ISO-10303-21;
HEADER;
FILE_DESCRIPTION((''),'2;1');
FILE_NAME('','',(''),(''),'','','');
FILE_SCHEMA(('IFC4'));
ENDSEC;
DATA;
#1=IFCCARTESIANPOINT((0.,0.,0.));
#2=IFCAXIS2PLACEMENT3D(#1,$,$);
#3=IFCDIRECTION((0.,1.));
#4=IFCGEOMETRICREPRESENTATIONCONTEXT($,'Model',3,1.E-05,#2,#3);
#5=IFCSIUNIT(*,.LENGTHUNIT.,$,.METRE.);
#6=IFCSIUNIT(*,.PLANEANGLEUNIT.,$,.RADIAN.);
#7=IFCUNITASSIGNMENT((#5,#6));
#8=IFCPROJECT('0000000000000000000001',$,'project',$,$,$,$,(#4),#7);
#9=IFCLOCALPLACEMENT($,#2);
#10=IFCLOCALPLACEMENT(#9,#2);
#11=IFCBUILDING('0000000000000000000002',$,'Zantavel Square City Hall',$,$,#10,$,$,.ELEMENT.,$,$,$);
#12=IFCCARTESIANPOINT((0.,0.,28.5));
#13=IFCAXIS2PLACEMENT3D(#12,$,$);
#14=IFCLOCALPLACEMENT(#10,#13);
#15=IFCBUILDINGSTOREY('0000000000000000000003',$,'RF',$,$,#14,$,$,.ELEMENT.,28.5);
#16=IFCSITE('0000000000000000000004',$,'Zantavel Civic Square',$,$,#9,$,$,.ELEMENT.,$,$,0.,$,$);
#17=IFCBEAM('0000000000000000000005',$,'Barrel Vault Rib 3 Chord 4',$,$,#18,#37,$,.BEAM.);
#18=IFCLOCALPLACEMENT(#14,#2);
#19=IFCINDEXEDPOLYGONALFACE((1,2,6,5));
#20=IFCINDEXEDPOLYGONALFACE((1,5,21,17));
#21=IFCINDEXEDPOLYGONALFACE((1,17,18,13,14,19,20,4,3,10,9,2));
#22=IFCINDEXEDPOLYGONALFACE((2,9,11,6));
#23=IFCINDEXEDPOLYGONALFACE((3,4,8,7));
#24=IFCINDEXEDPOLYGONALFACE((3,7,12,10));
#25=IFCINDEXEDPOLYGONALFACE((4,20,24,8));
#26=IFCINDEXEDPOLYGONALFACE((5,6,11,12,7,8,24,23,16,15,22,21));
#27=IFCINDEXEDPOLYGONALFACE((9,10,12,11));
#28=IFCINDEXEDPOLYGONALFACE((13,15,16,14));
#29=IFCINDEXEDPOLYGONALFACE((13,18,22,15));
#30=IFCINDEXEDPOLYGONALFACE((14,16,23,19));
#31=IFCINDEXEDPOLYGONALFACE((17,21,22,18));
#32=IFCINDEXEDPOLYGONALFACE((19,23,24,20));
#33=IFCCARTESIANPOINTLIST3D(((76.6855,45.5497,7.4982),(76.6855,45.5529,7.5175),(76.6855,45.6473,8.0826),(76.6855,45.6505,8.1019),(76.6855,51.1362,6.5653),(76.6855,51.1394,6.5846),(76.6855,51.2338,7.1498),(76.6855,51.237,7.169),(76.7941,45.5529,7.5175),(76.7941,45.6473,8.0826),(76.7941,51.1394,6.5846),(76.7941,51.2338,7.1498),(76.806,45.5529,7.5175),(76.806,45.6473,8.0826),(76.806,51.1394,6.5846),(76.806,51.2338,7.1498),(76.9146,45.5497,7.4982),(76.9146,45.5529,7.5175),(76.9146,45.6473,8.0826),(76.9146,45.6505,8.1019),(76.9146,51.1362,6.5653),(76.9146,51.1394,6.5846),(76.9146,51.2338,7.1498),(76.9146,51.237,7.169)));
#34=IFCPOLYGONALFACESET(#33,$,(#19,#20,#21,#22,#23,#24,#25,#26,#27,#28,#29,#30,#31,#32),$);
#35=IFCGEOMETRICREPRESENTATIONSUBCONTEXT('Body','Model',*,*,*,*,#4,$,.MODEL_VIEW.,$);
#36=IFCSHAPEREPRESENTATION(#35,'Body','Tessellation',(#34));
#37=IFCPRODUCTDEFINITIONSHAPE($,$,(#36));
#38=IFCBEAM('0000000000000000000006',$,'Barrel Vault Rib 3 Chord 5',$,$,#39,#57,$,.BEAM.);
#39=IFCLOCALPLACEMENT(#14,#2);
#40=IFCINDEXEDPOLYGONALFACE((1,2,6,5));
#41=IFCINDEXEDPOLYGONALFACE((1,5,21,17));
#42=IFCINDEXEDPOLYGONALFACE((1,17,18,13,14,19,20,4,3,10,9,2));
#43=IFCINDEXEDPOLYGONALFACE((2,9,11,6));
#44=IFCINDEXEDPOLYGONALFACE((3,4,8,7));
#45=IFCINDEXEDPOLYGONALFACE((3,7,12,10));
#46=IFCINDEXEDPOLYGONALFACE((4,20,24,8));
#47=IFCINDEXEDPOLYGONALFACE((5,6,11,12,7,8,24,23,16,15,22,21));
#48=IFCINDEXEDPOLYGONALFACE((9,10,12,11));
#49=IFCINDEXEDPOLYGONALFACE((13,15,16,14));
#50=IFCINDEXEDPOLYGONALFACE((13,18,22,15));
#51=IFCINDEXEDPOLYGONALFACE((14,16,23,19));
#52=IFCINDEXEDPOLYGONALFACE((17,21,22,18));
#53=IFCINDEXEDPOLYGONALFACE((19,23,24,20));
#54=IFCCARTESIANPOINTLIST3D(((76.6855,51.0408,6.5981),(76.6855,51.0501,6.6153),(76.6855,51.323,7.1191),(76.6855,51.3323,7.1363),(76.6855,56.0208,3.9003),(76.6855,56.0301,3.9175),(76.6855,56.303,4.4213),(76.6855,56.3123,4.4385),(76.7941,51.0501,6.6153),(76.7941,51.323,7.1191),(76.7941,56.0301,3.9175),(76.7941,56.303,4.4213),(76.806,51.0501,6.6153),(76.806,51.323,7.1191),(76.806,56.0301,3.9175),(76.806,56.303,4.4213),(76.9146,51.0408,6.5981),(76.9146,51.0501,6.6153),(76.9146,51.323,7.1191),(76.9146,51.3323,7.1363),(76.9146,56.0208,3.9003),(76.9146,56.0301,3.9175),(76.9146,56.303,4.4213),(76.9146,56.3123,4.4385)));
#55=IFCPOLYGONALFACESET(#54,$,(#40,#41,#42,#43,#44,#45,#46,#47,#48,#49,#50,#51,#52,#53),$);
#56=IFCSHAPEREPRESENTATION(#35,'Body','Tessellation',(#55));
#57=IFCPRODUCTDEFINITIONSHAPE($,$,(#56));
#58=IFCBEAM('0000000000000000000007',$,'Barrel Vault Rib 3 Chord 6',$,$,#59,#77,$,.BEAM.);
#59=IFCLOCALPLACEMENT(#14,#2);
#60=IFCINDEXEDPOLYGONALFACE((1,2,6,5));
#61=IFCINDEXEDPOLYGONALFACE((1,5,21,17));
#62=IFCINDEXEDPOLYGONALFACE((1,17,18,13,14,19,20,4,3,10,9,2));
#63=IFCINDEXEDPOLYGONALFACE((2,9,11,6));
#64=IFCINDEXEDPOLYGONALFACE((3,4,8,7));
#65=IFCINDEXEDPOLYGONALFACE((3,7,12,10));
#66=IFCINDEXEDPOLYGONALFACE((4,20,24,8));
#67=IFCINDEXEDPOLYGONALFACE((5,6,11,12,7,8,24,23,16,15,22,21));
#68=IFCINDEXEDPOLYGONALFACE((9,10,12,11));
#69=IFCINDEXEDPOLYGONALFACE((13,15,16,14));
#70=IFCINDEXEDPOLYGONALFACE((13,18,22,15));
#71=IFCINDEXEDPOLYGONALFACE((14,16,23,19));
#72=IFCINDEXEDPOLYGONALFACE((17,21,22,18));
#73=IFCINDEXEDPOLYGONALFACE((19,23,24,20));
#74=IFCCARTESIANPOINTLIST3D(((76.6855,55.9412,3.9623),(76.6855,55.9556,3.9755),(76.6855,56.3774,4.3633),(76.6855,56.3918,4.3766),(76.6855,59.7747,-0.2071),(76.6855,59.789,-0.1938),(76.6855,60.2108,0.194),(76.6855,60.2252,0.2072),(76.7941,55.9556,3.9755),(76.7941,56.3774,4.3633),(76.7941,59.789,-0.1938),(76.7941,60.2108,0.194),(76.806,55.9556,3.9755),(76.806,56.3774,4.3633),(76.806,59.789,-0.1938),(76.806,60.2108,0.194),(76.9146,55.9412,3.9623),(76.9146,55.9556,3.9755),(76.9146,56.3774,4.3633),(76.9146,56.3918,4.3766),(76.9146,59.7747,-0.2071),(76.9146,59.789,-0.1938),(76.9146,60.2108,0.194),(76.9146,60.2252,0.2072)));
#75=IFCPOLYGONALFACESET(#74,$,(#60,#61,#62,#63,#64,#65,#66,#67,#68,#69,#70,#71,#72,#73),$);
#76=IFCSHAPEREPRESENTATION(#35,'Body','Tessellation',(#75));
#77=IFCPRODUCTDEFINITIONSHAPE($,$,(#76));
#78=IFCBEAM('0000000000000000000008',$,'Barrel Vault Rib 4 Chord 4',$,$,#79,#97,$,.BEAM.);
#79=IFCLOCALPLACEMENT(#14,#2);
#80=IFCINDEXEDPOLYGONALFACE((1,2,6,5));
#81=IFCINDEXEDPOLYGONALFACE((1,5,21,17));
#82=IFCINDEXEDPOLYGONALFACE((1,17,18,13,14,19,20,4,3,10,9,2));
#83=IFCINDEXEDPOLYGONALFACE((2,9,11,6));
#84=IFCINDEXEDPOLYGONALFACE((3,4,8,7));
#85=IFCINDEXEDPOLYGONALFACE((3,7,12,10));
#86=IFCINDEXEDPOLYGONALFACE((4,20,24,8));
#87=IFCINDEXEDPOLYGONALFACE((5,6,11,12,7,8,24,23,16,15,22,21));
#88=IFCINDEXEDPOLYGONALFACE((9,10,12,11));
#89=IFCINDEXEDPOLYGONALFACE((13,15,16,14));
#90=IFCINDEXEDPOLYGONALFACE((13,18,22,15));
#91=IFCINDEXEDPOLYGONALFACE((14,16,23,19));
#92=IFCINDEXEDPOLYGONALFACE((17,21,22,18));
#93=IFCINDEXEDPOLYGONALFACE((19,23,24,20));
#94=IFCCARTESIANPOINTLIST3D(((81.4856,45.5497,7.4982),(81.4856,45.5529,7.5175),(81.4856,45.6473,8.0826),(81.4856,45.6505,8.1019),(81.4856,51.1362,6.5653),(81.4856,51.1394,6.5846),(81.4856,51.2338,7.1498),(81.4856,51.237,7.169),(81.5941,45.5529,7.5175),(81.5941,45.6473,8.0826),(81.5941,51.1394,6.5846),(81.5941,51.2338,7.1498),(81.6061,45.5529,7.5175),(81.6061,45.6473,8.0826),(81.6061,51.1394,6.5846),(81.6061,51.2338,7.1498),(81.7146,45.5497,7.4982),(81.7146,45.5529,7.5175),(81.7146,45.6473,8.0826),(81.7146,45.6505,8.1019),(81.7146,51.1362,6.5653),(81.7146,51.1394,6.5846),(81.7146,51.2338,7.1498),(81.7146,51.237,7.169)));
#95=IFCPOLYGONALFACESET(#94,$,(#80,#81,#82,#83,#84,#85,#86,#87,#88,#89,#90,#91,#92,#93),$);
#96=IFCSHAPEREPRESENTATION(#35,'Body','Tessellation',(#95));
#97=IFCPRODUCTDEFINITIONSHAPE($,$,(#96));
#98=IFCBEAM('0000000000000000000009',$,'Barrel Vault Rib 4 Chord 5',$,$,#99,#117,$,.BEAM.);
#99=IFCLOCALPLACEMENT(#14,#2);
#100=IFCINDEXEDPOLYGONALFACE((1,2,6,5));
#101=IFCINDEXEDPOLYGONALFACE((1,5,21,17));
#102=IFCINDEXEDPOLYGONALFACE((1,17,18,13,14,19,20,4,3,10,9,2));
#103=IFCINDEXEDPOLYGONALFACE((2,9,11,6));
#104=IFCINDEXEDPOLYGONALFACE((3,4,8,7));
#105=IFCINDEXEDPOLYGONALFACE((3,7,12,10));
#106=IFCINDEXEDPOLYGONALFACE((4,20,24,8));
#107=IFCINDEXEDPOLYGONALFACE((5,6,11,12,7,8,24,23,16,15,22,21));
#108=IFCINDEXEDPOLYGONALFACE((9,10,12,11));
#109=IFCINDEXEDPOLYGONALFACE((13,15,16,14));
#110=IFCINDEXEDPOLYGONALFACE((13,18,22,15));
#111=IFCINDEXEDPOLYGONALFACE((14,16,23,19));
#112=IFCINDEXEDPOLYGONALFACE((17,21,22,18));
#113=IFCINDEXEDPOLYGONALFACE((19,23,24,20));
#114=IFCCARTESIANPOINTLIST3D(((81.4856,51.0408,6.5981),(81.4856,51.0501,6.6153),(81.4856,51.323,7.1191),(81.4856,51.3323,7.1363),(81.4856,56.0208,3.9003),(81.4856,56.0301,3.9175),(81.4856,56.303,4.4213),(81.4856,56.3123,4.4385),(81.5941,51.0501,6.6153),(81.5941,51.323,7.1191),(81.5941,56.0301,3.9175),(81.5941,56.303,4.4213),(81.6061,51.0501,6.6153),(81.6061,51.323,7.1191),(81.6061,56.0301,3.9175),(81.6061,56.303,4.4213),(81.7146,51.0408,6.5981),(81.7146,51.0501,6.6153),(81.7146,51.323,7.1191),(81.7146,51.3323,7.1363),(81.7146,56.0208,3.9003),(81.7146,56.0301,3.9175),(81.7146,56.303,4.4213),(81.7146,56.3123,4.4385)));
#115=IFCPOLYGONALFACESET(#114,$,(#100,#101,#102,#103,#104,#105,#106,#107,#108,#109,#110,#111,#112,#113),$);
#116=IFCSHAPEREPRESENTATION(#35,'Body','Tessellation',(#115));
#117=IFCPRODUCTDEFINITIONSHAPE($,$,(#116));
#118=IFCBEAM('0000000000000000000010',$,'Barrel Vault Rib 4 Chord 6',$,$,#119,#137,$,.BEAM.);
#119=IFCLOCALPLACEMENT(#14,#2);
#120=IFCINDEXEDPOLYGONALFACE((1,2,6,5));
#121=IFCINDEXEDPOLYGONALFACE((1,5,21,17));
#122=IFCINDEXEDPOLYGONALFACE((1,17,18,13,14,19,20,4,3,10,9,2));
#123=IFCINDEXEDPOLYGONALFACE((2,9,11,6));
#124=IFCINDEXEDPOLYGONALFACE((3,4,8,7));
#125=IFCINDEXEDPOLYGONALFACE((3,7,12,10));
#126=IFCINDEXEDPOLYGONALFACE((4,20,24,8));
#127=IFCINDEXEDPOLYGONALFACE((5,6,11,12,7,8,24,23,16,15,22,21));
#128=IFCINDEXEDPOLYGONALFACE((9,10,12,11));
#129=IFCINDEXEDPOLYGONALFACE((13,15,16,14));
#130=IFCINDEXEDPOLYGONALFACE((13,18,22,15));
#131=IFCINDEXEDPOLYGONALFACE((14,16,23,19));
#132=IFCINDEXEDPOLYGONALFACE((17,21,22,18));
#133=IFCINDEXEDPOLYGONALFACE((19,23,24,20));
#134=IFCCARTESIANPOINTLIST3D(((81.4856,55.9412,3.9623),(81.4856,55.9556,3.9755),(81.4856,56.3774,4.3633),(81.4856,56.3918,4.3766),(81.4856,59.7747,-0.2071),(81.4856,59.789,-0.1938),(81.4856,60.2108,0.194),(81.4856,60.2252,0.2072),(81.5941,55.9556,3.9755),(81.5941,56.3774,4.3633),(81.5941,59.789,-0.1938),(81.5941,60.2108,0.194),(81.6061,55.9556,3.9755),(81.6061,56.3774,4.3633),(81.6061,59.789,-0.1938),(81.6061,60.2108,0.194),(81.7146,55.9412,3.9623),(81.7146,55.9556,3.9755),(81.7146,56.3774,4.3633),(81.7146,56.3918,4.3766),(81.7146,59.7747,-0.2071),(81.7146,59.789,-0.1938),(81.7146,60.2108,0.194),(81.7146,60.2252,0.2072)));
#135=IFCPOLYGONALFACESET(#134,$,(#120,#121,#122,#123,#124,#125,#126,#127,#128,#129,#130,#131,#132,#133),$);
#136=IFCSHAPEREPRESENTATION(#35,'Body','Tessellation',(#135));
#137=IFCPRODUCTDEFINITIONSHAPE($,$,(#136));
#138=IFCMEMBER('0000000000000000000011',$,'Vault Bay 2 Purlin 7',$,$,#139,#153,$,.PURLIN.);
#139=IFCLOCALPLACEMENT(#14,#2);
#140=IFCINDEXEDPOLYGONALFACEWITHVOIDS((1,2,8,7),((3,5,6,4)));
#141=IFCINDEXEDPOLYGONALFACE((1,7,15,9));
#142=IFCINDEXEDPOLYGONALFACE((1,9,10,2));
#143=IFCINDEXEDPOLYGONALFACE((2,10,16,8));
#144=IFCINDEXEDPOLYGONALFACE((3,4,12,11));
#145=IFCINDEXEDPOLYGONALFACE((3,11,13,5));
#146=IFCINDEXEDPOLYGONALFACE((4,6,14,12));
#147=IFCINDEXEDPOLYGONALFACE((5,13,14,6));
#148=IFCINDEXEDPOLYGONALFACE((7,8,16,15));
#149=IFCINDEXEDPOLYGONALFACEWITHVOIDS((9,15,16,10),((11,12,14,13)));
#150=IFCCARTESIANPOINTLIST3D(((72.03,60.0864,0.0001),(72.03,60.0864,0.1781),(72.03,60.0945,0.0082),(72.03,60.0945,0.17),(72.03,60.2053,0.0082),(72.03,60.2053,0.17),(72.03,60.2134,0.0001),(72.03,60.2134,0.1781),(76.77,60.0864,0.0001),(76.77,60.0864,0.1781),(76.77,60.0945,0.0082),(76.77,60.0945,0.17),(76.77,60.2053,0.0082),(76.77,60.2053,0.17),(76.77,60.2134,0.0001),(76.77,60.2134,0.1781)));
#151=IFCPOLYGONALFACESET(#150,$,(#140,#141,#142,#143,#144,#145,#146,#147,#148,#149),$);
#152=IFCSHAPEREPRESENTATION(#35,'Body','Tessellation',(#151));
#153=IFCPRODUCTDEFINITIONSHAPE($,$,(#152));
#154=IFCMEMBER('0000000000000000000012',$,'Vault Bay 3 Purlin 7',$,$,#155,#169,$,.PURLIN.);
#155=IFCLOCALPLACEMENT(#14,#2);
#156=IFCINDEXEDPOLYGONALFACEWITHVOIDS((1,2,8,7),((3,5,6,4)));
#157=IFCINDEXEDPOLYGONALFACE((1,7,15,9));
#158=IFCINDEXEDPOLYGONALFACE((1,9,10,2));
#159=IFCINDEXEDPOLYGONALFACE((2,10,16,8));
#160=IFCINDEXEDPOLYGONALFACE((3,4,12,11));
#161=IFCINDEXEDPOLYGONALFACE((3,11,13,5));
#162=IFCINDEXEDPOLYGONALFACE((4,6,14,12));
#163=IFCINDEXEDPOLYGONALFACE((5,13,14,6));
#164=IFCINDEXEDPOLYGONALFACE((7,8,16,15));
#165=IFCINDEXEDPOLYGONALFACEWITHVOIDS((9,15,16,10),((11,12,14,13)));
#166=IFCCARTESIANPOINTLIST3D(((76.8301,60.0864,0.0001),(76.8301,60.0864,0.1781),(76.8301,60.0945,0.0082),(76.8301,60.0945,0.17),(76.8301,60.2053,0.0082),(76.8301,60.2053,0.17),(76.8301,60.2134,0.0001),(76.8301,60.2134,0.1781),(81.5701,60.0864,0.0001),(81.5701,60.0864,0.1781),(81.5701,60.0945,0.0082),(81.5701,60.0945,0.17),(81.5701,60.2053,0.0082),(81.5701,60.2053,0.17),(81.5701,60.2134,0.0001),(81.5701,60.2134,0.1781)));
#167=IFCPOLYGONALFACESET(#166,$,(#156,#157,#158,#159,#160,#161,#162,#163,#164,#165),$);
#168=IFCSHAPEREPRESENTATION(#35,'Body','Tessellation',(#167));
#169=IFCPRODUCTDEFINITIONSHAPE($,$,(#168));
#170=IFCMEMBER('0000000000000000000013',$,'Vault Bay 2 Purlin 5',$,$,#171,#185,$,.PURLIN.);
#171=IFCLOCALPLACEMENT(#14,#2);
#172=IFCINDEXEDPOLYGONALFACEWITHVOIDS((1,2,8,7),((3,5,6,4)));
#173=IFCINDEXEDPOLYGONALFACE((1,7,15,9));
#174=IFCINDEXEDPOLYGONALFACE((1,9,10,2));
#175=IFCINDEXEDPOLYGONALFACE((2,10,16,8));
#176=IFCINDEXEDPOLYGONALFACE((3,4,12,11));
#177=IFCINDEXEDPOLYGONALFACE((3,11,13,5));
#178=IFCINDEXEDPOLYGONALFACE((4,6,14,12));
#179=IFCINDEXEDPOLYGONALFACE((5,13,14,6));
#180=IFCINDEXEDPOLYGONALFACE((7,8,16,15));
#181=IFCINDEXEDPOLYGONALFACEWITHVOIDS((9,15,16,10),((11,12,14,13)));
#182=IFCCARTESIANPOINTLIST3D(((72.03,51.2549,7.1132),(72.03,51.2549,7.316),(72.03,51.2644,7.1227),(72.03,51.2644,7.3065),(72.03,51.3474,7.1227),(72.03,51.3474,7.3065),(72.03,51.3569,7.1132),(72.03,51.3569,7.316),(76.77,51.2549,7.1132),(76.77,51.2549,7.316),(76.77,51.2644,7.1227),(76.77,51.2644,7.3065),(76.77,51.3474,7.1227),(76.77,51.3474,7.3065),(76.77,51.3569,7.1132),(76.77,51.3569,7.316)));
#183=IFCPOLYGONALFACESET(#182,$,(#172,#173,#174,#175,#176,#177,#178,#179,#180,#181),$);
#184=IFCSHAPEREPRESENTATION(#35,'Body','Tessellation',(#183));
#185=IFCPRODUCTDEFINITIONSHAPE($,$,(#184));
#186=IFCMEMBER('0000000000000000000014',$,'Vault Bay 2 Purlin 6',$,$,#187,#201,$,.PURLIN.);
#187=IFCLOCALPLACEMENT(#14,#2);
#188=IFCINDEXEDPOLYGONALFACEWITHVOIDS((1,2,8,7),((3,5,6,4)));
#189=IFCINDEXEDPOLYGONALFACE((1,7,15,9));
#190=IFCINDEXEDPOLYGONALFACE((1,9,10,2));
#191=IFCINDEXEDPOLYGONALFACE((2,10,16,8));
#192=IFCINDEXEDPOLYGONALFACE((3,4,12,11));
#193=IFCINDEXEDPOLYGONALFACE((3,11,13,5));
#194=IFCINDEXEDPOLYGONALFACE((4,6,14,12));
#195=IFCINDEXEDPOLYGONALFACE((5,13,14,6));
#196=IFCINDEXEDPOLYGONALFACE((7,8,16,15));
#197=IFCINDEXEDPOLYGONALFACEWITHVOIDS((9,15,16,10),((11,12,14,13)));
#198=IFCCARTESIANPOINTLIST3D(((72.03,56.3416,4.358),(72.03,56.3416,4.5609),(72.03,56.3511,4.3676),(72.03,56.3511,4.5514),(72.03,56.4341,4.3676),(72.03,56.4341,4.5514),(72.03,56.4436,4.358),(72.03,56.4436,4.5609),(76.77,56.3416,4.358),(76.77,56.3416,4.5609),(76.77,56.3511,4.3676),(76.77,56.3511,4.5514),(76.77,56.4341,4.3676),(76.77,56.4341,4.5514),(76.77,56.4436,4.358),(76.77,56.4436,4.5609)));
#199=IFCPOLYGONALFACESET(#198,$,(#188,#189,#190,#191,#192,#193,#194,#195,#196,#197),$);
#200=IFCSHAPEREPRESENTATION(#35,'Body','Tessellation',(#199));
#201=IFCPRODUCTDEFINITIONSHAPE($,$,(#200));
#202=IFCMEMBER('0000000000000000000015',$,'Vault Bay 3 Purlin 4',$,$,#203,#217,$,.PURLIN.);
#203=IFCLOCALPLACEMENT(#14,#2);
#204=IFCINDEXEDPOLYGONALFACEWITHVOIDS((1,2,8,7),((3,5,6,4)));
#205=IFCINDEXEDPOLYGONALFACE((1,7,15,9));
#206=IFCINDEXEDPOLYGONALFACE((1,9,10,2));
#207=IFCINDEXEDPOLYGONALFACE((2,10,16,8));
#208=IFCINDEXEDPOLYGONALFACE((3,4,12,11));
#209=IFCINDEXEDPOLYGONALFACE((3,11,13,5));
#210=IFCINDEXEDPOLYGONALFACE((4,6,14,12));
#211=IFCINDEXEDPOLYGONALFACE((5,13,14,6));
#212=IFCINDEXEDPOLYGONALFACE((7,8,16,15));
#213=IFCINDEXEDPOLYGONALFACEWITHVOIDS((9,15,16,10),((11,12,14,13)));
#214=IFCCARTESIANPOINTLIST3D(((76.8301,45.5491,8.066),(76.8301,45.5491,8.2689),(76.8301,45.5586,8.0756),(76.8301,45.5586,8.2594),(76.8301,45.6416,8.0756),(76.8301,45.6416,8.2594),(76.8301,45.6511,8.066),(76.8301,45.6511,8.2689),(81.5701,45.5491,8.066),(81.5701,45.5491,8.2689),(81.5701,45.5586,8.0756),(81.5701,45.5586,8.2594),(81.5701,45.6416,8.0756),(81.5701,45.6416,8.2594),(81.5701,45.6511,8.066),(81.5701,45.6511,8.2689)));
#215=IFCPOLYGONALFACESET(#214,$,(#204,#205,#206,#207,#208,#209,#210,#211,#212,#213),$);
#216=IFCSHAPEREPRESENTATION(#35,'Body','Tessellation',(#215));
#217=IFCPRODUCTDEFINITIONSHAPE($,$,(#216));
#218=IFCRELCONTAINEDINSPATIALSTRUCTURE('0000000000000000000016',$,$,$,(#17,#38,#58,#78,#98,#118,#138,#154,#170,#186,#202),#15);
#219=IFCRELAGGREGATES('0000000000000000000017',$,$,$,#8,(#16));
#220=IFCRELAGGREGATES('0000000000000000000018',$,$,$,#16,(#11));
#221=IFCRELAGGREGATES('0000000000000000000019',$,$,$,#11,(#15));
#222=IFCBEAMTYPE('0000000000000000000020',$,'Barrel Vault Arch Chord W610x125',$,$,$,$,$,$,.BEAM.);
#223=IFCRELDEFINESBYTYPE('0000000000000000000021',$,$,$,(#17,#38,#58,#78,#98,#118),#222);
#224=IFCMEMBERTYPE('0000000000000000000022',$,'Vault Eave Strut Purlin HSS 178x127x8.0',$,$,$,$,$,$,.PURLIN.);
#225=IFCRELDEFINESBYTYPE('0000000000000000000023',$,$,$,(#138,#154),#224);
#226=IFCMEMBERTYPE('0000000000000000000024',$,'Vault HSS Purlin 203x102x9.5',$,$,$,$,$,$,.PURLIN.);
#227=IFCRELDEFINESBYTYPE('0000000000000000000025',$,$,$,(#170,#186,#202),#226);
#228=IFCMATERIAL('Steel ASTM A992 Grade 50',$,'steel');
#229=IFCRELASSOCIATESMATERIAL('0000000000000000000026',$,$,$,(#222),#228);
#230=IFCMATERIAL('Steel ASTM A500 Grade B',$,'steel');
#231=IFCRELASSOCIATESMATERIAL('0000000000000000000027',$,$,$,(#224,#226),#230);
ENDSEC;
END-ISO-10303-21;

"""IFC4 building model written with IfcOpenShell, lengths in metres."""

from ifc_helpers import new_model, si_unit, direction, frame, origin, origin_2d, place, context, subcontext, project, spatial, hollow_rectangle, i_section, extrude, material, material_profile, profile_set, type_object, element, save


model = new_model("IFC4")

# Units and contexts
model_context = context("Model", 3, precision=1e-05, world=origin(), true_north=direction((0.0, 1.0)))
body_context = subcontext(model_context, "Body", "Model", "MODEL_VIEW")
ifc_project = project(units=[si_unit("LENGTHUNIT", "METRE"), si_unit("PLANEANGLEUNIT", "RADIAN")], contexts=[model_context])

# Site, building, storey
site_placement = place(None, origin())
site = spatial("IfcSite", under=ifc_project, at=site_placement, Name="Zantavel Civic Square", CompositionType="ELEMENT", RefElevation=0.0)
building_placement = place(site_placement, origin())
building = spatial("IfcBuilding", under=site, at=building_placement, Name="Zantavel Square City Hall", CompositionType="ELEMENT")
storey_placement = place(building_placement, frame((0.0, 0.0, 28.5)))
storey = spatial("IfcBuildingStorey", under=building, at=storey_placement, Name="RF", CompositionType="ELEMENT", Elevation=28.5)

# Beams
ifc_material_1 = material(Name="Steel ASTM A992 Grade 50", Category="steel")
ifc_material_profile_1 = material_profile(ifc_material_1, i_section(OverallWidth=0.229, OverallDepth=0.6121, WebThickness=0.012, FlangeThickness=0.0195, at=origin_2d()), Name="W610x125")
ifc_profile_set_1 = profile_set([ifc_material_profile_1], Name="Steel ASTM A992 Grade 50")
beam_type = type_object("IfcBeamType", Name="Barrel Vault Arch Chord W610x125", PredefinedType="BEAM", material=ifc_profile_set_1)
for number, where, z_axis, x_axis, name in (
    (1, (76.8, 45.6001, 7.8), (0.0, 0.986343, -0.164707), (-1.0, 0.0, 0.0), "Barrel Vault Rib 3 Chord 4"),
    (2, (76.8, 51.1865, 6.8672), (0.0, 0.879272, -0.476319), (-1.0, 0.0, 0.0), "Barrel Vault Rib 3 Chord 5"),
    (3, (76.8, 56.1665, 4.1694), (0.0, 0.676829, -0.736141), (-1.0, 0.0, 0.0), "Barrel Vault Rib 3 Chord 6"),
    (4, (81.6001, 45.6001, 7.8), (0.0, 0.986343, -0.164707), (-1.0, 0.0, 0.0), "Barrel Vault Rib 4 Chord 4"),
    (5, (81.6001, 51.1865, 6.8672), (0.0, 0.879272, -0.476319), (-1.0, 0.0, 0.0), "Barrel Vault Rib 4 Chord 5"),
    (6, (81.6001, 56.1665, 4.1694), (0.0, 0.676829, -0.736141), (-1.0, 0.0, 0.0), "Barrel Vault Rib 4 Chord 6"),
):
    element("IfcBeam", number, at=place(storey_placement, frame(where, z_axis=z_axis, x_axis=x_axis)), inside=storey, type_object=beam_type, Name=name, PredefinedType="BEAM", context=body_context, shape_type="SweptSolid", body=[
        extrude(i_section(OverallWidth=0.229, OverallDepth=0.6121, WebThickness=0.012, FlangeThickness=0.0195, at=origin_2d()), origin(), (0.0, 0.0, 1.0), 5.6638),
    ])

# Members
ifc_material_2 = material(Name="Steel ASTM A500 Grade B", Category="steel")
ifc_material_profile_2 = material_profile(ifc_material_2, hollow_rectangle(XDim=0.127, YDim=0.178, WallThickness=0.0081, at=origin_2d()), Name="HSS 178x127x8.0")
ifc_profile_set_2 = profile_set([ifc_material_profile_2], Name="Steel ASTM A500 Grade B")
member_type_1 = type_object("IfcMemberType", Name="Vault Eave Strut Purlin HSS 178x127x8.0", PredefinedType="PURLIN", material=ifc_profile_set_2)
for number, where, z_axis, x_axis, name in (
    (7, (72.03, 60.1499, 0.0891), (1.0, 0.0, 0.0), (0.0, 1.0, 0.0), "Vault Bay 2 Purlin 7"),
    (8, (76.8301, 60.1499, 0.0891), (1.0, 0.0, 0.0), (0.0, 1.0, 0.0), "Vault Bay 3 Purlin 7"),
):
    element("IfcMember", number, at=place(storey_placement, frame(where, z_axis=z_axis, x_axis=x_axis)), inside=storey, type_object=member_type_1, Name=name, PredefinedType="PURLIN", context=body_context, shape_type="SweptSolid", body=[
        extrude(hollow_rectangle(XDim=0.127, YDim=0.178, WallThickness=0.0081, at=origin_2d()), origin(), (0.0, 0.0, 1.0), 4.74),
    ])
ifc_material_profile_3 = material_profile(ifc_material_2, hollow_rectangle(XDim=0.1021, YDim=0.2029, WallThickness=0.0095, at=origin_2d()), Name="HSS 203x102x9.5")
ifc_profile_set_3 = profile_set([ifc_material_profile_3], Name="Steel ASTM A500 Grade B")
member_type_2 = type_object("IfcMemberType", Name="Vault HSS Purlin 203x102x9.5", PredefinedType="PURLIN", material=ifc_profile_set_3)
for number, where, z_axis, x_axis, name in (
    (9, (72.03, 51.3059, 7.2146), (1.0, 0.0, 0.0), (0.0, 1.0, 0.0), "Vault Bay 2 Purlin 5"),
    (10, (72.03, 56.3926, 4.4595), (1.0, 0.0, 0.0), (0.0, 1.0, 0.0), "Vault Bay 2 Purlin 6"),
    (11, (76.8301, 45.6001, 8.1675), (1.0, 0.0, 0.0), (0.0, 1.0, 0.0), "Vault Bay 3 Purlin 4"),
):
    element("IfcMember", number, at=place(storey_placement, frame(where, z_axis=z_axis, x_axis=x_axis)), inside=storey, type_object=member_type_2, Name=name, PredefinedType="PURLIN", context=body_context, shape_type="SweptSolid", body=[
        extrude(hollow_rectangle(XDim=0.1021, YDim=0.2029, WallThickness=0.0095, at=origin_2d()), origin(), (0.0, 0.0, 1.0), 4.74),
    ])

save(model, "model.ifc")
